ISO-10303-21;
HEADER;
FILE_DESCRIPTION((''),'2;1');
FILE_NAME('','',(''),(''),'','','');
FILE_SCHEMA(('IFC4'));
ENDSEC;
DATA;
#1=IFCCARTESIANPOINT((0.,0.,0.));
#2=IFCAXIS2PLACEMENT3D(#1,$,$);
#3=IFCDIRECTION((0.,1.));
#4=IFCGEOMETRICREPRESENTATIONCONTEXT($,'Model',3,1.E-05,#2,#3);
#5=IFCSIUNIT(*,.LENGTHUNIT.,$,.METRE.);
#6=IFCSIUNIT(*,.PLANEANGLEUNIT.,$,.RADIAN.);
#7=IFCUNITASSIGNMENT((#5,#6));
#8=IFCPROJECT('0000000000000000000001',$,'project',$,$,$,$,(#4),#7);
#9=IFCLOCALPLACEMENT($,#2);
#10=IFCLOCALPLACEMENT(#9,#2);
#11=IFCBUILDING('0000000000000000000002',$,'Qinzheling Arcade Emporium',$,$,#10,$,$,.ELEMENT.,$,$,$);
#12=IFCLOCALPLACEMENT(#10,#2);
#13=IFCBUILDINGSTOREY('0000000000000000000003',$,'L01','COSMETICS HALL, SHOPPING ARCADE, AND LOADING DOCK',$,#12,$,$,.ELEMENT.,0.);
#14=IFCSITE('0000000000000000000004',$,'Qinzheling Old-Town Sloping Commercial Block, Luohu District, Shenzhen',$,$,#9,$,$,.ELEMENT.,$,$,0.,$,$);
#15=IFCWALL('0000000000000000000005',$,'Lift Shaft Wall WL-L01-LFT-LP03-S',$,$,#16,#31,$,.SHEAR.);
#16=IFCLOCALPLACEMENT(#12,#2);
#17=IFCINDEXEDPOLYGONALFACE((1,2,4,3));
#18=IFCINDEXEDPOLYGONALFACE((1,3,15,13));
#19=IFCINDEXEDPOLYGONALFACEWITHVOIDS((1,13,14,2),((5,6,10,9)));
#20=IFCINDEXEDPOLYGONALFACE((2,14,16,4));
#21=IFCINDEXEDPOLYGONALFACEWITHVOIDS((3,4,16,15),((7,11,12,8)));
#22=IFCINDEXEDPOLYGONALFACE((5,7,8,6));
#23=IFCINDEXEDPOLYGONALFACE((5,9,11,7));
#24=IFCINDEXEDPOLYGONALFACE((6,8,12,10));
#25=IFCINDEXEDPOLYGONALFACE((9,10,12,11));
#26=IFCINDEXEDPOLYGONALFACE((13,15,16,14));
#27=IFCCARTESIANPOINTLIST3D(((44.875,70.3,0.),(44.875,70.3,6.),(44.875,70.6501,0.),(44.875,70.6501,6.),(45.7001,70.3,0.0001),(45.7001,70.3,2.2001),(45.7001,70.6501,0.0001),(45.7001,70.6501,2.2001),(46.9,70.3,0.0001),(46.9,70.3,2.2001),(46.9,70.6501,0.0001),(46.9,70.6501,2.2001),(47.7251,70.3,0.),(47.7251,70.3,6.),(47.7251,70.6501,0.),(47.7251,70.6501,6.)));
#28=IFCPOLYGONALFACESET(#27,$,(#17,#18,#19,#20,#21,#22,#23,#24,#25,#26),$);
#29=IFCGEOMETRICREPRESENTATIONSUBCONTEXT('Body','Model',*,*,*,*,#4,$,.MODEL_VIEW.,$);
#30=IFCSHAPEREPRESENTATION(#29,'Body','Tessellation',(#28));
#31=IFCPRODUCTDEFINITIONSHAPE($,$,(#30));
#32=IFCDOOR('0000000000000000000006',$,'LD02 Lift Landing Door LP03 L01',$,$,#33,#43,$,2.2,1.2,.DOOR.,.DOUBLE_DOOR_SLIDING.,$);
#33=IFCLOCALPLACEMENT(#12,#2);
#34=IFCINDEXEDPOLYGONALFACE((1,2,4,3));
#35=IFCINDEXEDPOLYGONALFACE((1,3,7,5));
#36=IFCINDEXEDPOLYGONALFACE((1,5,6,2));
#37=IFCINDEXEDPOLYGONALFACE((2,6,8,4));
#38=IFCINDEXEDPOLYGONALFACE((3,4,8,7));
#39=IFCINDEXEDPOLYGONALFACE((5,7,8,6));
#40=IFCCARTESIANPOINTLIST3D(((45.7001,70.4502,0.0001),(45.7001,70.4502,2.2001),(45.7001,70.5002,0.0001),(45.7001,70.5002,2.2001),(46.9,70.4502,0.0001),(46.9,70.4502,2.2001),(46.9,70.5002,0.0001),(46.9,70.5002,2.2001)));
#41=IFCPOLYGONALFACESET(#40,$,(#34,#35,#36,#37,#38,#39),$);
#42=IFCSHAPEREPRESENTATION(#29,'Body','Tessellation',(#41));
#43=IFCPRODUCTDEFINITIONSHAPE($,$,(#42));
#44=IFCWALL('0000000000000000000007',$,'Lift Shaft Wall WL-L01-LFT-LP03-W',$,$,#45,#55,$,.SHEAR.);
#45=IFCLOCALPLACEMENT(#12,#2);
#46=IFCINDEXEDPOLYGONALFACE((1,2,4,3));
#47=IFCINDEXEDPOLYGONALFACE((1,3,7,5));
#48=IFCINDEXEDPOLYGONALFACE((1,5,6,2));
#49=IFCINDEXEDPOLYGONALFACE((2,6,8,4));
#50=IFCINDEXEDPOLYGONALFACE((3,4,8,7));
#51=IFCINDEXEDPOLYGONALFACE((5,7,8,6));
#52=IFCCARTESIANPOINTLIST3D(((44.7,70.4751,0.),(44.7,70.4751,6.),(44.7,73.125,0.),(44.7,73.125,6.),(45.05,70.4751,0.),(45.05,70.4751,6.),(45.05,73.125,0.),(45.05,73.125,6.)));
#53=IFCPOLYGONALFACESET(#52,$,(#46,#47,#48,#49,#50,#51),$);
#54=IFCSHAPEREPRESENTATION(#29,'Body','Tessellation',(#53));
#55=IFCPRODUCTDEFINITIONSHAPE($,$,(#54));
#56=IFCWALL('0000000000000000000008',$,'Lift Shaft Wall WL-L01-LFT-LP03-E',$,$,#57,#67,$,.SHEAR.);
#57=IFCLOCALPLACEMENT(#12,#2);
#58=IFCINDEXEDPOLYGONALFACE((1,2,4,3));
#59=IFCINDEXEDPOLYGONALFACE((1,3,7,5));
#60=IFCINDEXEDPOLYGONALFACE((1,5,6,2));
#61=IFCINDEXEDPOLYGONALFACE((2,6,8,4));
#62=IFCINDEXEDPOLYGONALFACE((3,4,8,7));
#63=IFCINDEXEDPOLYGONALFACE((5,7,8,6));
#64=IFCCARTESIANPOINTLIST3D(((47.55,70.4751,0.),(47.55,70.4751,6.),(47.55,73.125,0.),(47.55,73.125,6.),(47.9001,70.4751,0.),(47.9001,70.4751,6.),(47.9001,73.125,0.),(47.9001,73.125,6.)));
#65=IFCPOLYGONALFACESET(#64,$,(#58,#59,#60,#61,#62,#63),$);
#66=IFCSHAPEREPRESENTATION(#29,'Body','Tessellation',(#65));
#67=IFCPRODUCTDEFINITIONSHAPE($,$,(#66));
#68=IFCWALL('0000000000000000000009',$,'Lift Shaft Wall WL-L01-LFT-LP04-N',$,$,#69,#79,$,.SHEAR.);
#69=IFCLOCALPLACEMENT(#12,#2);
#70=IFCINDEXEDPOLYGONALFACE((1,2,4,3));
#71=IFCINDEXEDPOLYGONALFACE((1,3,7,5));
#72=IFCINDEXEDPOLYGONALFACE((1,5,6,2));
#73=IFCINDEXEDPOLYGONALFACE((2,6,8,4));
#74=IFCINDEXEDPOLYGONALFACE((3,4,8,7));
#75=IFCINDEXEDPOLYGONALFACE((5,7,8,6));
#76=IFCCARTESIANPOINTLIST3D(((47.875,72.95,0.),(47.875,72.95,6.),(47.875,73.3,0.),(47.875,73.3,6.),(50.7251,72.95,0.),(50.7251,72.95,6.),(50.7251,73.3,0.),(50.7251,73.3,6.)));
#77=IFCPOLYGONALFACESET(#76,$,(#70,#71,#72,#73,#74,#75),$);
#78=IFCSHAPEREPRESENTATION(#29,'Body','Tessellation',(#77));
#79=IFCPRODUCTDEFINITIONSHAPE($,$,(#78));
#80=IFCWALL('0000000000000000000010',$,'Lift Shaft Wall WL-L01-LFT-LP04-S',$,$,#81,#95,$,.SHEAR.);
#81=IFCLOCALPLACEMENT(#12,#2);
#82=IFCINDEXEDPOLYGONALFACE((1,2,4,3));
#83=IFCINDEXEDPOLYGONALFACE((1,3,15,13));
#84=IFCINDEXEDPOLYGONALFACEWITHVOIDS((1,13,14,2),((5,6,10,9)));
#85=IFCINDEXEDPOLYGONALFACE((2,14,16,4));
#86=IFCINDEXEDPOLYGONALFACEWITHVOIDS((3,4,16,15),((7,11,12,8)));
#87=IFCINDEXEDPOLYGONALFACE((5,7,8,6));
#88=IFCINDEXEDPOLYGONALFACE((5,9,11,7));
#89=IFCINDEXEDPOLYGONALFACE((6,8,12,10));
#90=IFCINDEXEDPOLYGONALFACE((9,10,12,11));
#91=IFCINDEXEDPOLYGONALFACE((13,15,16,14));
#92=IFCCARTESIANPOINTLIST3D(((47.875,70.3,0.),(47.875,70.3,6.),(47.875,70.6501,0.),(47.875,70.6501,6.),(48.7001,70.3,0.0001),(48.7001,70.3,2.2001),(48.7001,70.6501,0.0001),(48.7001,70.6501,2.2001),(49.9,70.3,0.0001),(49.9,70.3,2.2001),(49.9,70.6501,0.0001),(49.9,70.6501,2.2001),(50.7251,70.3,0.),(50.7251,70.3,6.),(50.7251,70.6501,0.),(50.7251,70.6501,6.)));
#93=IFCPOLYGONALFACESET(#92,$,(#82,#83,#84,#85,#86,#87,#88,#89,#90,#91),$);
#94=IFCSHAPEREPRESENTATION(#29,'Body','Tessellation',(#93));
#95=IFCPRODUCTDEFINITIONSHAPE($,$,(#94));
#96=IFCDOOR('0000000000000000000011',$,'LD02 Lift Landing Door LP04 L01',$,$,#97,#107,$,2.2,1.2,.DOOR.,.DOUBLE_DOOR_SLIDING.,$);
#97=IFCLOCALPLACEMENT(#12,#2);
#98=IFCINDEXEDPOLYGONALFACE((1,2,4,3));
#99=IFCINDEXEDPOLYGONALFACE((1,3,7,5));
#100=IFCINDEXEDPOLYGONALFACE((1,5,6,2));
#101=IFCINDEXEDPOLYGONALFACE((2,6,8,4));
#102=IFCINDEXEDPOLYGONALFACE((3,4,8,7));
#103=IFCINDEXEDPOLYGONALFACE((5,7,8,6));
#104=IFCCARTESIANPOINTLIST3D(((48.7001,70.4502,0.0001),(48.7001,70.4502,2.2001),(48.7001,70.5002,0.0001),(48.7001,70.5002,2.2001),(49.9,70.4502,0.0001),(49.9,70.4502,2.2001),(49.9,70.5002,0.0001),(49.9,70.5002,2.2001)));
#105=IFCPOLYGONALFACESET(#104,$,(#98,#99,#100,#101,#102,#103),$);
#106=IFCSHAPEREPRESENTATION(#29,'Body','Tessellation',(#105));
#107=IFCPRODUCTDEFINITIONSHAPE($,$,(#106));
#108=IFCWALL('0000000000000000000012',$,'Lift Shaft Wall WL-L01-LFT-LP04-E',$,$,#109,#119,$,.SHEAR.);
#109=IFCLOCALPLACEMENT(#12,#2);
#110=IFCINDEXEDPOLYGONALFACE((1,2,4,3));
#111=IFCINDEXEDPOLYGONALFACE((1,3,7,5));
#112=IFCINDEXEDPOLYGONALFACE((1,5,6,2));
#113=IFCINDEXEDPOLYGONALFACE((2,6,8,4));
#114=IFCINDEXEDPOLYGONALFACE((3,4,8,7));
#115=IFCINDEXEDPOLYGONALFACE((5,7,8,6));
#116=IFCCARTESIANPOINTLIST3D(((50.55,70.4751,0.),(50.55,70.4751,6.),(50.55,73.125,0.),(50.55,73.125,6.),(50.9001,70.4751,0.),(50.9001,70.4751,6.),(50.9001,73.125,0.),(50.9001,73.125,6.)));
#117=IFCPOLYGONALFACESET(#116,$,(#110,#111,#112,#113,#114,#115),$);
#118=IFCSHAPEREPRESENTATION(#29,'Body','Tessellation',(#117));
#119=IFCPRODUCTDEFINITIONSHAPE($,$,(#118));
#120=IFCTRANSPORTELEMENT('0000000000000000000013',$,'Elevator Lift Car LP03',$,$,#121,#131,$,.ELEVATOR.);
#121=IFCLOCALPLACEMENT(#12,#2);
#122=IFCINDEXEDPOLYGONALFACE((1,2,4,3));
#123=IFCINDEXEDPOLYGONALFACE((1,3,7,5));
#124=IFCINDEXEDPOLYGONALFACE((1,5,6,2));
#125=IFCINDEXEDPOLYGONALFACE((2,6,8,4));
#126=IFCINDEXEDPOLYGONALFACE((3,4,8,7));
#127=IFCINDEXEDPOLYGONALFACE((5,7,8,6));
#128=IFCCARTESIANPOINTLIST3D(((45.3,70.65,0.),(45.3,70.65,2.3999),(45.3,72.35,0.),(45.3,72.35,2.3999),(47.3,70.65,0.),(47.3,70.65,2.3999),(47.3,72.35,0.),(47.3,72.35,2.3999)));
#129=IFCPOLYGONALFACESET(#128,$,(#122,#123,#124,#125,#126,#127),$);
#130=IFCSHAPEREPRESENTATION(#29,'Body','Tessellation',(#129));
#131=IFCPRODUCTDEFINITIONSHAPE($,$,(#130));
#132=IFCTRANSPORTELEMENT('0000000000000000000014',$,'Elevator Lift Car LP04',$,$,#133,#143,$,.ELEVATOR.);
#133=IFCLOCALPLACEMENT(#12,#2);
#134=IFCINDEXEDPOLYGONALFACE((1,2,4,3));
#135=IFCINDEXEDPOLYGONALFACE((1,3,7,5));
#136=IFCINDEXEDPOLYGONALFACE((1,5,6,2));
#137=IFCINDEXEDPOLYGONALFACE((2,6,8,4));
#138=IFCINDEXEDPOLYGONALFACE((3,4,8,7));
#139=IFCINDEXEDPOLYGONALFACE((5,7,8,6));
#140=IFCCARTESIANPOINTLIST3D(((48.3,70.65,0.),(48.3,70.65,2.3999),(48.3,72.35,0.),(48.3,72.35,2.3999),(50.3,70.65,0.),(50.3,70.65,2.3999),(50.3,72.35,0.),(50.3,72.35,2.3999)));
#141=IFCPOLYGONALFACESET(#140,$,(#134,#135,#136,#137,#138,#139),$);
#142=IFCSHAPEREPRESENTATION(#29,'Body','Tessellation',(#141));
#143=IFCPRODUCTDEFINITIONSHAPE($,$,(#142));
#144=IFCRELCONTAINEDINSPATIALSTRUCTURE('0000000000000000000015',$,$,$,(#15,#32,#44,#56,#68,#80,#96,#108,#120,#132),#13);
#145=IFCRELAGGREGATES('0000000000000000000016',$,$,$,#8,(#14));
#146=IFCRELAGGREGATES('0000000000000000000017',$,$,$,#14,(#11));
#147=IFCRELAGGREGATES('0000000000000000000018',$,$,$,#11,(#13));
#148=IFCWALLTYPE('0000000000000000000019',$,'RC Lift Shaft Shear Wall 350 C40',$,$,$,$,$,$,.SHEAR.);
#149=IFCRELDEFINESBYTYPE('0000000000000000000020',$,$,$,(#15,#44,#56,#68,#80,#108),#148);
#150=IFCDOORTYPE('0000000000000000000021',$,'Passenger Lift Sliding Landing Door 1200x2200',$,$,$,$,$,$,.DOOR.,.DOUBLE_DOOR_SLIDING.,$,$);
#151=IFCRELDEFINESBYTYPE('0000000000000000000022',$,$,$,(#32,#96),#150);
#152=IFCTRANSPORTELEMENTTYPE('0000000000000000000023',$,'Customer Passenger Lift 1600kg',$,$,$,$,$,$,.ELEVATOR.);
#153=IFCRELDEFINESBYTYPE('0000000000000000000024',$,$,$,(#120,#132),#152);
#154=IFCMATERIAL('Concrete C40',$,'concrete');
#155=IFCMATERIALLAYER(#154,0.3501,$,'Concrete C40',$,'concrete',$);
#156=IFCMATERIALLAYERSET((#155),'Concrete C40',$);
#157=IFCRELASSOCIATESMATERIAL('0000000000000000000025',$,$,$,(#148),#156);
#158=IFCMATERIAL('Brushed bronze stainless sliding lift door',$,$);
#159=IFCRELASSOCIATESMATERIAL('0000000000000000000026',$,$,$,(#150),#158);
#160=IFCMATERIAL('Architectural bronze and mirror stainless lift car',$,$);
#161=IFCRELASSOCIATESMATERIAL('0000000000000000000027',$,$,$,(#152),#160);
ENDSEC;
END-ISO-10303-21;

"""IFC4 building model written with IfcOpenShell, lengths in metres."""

from ifc_helpers import new_model, si_unit, direction, frame, frame_2d, origin, origin_2d, place, context, subcontext, project, spatial, rectangle, extrude, material, layer, layer_set, type_object, element, fill, save


model = new_model("IFC4")

# Units and contexts
model_context = context("Model", 3, precision=1e-05, world=origin(), true_north=direction((0.0, 1.0)))
body_context = subcontext(model_context, "Body", "Model", "MODEL_VIEW")
ifc_project = project(units=[si_unit("LENGTHUNIT", "METRE"), si_unit("PLANEANGLEUNIT", "RADIAN")], contexts=[model_context])

# Site, building, storey
site_placement = place(None, origin())
site = spatial("IfcSite", under=ifc_project, at=site_placement, Name="Qinzheling Old-Town Sloping Commercial Block, Luohu District, Shenzhen", CompositionType="ELEMENT", RefElevation=0.0)
building_placement = place(site_placement, origin())
building = spatial("IfcBuilding", under=site, at=building_placement, Name="Qinzheling Arcade Emporium", CompositionType="ELEMENT")
storey_placement = place(building_placement, origin())
storey = spatial("IfcBuildingStorey", under=building, at=storey_placement, Name="L01", Description="COSMETICS HALL, SHOPPING ARCADE, AND LOADING DOCK", CompositionType="ELEMENT", Elevation=0.0)

# Shared definitions
ifc_material_1 = material(Name="Concrete C40", Category="concrete")

# Shared definitions
ifc_layer_1 = layer(ifc_material_1, 0.3501, Name="Concrete C40", Category="concrete")
ifc_layer_set_1 = layer_set([ifc_layer_1], Name="Concrete C40")
wall_type_1 = type_object("IfcWallType", Name="RC Lift Shaft Shear Wall 350 C40", PredefinedType="SHEAR", material=ifc_layer_set_1)

# Wall, opening, door
wall_1_placement = place(storey_placement, frame((47.7251, 70.4751, 0.0), z_axis=(0.0, 0.0, 1.0), x_axis=(-1.0, 0.0, 0.0)))
wall_1 = element("IfcWall", 1, at=wall_1_placement, inside=storey, type_object=wall_type_1, Name="Lift Shaft Wall WL-L01-LFT-LP03-S", PredefinedType="SHEAR", context=body_context, shape_type="SweptSolid", body=[
    extrude(rectangle(XDim=2.8501, YDim=0.3501, at=frame_2d((1.425, 0.0))), origin(), (0.0, 0.0, 1.0), 6.0),
])
opening_1_placement = place(wall_1_placement, frame((0.825, 0.0, 0.0)))
opening_1 = element("IfcOpeningElement", 2, at=opening_1_placement, cuts=wall_1, PredefinedType="OPENING", context=body_context, shape_type="SweptSolid", body=[
    extrude(rectangle(XDim=1.2, YDim=2.2, at=frame_2d((0.6001, 1.1001))), frame((0.0, 0.1851, 0.0), z_axis=(0.0, -1.0, 0.0), x_axis=(1.0, 0.0, 0.0)), (0.0, 0.0, 1.0), 0.3701),
])
ifc_material_2 = material(Name="Brushed bronze stainless sliding lift door")
door_type_1 = type_object("IfcDoorType", Name="Passenger Lift Sliding Landing Door 1200x2200", OperationType="DOUBLE_DOOR_SLIDING", PredefinedType="DOOR", material=ifc_material_2)
door_1_placement = place(opening_1_placement, origin())
door_1 = element("IfcDoor", 3, at=door_1_placement, inside=storey, type_object=door_type_1, Name="LD02 Lift Landing Door LP03 L01", OperationType="DOUBLE_DOOR_SLIDING", OverallHeight=2.2, OverallWidth=1.2, PredefinedType="DOOR", context=body_context, shape_type="SweptSolid", body=[
    extrude(rectangle(XDim=1.2, YDim=2.2, at=frame_2d((0.6001, 1.1001))), frame((0.0, 0.0249, 0.0), z_axis=(0.0, -1.0, 0.0), x_axis=(1.0, 0.0, 0.0)), (0.0, 0.0, 1.0), 0.05),
])
fill(opening_1, door_1)

# Walls
for number, where, z_axis, x_axis, name in (
    (4, (44.875, 70.4751, 0.0), (0.0, 0.0, 1.0), (0.0, 1.0, 0.0), "Lift Shaft Wall WL-L01-LFT-LP03-W"),
    (5, (47.7251, 73.125, 0.0), (0.0, 0.0, 1.0), (0.0, -1.0, 0.0), "Lift Shaft Wall WL-L01-LFT-LP03-E"),
):
    element("IfcWall", number, at=place(storey_placement, frame(where, z_axis=z_axis, x_axis=x_axis)), inside=storey, type_object=wall_type_1, Name=name, PredefinedType="SHEAR", context=body_context, shape_type="SweptSolid", body=[
        extrude(rectangle(XDim=2.6499, YDim=0.3501, at=frame_2d((1.325, 0.0))), origin(), (0.0, 0.0, 1.0), 6.0),
    ])
wall_2_placement = place(storey_placement, frame((47.875, 73.125, 0.0), z_axis=(0.0, 0.0, 1.0), x_axis=(1.0, 0.0, 0.0)))
element("IfcWall", 6, at=wall_2_placement, inside=storey, type_object=wall_type_1, Name="Lift Shaft Wall WL-L01-LFT-LP04-N", PredefinedType="SHEAR", context=body_context, shape_type="SweptSolid", body=[
    extrude(rectangle(XDim=2.8501, YDim=0.3501, at=frame_2d((1.425, 0.0))), origin(), (0.0, 0.0, 1.0), 6.0),
])

# Wall, opening, door
wall_3_placement = place(storey_placement, frame((50.7251, 70.4751, 0.0), z_axis=(0.0, 0.0, 1.0), x_axis=(-1.0, 0.0, 0.0)))
wall_3 = element("IfcWall", 7, at=wall_3_placement, inside=storey, type_object=wall_type_1, Name="Lift Shaft Wall WL-L01-LFT-LP04-S", PredefinedType="SHEAR", context=body_context, shape_type="SweptSolid", body=[
    extrude(rectangle(XDim=2.8501, YDim=0.3501, at=frame_2d((1.425, 0.0))), origin(), (0.0, 0.0, 1.0), 6.0),
])
opening_2_placement = place(wall_3_placement, frame((0.825, 0.0, 0.0)))
opening_2 = element("IfcOpeningElement", 8, at=opening_2_placement, cuts=wall_3, PredefinedType="OPENING", context=body_context, shape_type="SweptSolid", body=[
    extrude(rectangle(XDim=1.2, YDim=2.2, at=frame_2d((0.6001, 1.1001))), frame((0.0, 0.1851, 0.0), z_axis=(0.0, -1.0, 0.0), x_axis=(1.0, 0.0, 0.0)), (0.0, 0.0, 1.0), 0.3701),
])
door_2_placement = place(opening_2_placement, origin())
door_2 = element("IfcDoor", 9, at=door_2_placement, inside=storey, type_object=door_type_1, Name="LD02 Lift Landing Door LP04 L01", OperationType="DOUBLE_DOOR_SLIDING", OverallHeight=2.2, OverallWidth=1.2, PredefinedType="DOOR", context=body_context, shape_type="SweptSolid", body=[
    extrude(rectangle(XDim=1.2, YDim=2.2, at=frame_2d((0.6001, 1.1001))), frame((0.0, 0.0249, 0.0), z_axis=(0.0, -1.0, 0.0), x_axis=(1.0, 0.0, 0.0)), (0.0, 0.0, 1.0), 0.05),
])
fill(opening_2, door_2)

# Wall
wall_4_placement = place(storey_placement, frame((50.7251, 73.125, 0.0), z_axis=(0.0, 0.0, 1.0), x_axis=(0.0, -1.0, 0.0)))
element("IfcWall", 10, at=wall_4_placement, inside=storey, type_object=wall_type_1, Name="Lift Shaft Wall WL-L01-LFT-LP04-E", PredefinedType="SHEAR", context=body_context, shape_type="SweptSolid", body=[
    extrude(rectangle(XDim=2.6499, YDim=0.3501, at=frame_2d((1.325, 0.0))), origin(), (0.0, 0.0, 1.0), 6.0),
])

# Transport elements
ifc_material_3 = material(Name="Architectural bronze and mirror stainless lift car")
transport_element_type = type_object("IfcTransportElementType", Name="Customer Passenger Lift 1600kg", PredefinedType="ELEVATOR", material=ifc_material_3)
for number, where, z_axis, x_axis, name in (
    (11, (46.3, 71.5, 0.0), (0.0, 0.0, 1.0), (1.0, 0.0, 0.0), "Elevator Lift Car LP03"),
    (12, (49.3, 71.5, 0.0), (0.0, 0.0, 1.0), (1.0, 0.0, 0.0), "Elevator Lift Car LP04"),
):
    element("IfcTransportElement", number, at=place(storey_placement, frame(where, z_axis=z_axis, x_axis=x_axis)), inside=storey, type_object=transport_element_type, Name=name, PredefinedType="ELEVATOR", context=body_context, shape_type="SweptSolid", body=[
        extrude(rectangle(XDim=2.0, YDim=1.7, at=origin_2d()), origin(), (0.0, 0.0, 1.0), 2.3999),
    ])

save(model, "model.ifc")
